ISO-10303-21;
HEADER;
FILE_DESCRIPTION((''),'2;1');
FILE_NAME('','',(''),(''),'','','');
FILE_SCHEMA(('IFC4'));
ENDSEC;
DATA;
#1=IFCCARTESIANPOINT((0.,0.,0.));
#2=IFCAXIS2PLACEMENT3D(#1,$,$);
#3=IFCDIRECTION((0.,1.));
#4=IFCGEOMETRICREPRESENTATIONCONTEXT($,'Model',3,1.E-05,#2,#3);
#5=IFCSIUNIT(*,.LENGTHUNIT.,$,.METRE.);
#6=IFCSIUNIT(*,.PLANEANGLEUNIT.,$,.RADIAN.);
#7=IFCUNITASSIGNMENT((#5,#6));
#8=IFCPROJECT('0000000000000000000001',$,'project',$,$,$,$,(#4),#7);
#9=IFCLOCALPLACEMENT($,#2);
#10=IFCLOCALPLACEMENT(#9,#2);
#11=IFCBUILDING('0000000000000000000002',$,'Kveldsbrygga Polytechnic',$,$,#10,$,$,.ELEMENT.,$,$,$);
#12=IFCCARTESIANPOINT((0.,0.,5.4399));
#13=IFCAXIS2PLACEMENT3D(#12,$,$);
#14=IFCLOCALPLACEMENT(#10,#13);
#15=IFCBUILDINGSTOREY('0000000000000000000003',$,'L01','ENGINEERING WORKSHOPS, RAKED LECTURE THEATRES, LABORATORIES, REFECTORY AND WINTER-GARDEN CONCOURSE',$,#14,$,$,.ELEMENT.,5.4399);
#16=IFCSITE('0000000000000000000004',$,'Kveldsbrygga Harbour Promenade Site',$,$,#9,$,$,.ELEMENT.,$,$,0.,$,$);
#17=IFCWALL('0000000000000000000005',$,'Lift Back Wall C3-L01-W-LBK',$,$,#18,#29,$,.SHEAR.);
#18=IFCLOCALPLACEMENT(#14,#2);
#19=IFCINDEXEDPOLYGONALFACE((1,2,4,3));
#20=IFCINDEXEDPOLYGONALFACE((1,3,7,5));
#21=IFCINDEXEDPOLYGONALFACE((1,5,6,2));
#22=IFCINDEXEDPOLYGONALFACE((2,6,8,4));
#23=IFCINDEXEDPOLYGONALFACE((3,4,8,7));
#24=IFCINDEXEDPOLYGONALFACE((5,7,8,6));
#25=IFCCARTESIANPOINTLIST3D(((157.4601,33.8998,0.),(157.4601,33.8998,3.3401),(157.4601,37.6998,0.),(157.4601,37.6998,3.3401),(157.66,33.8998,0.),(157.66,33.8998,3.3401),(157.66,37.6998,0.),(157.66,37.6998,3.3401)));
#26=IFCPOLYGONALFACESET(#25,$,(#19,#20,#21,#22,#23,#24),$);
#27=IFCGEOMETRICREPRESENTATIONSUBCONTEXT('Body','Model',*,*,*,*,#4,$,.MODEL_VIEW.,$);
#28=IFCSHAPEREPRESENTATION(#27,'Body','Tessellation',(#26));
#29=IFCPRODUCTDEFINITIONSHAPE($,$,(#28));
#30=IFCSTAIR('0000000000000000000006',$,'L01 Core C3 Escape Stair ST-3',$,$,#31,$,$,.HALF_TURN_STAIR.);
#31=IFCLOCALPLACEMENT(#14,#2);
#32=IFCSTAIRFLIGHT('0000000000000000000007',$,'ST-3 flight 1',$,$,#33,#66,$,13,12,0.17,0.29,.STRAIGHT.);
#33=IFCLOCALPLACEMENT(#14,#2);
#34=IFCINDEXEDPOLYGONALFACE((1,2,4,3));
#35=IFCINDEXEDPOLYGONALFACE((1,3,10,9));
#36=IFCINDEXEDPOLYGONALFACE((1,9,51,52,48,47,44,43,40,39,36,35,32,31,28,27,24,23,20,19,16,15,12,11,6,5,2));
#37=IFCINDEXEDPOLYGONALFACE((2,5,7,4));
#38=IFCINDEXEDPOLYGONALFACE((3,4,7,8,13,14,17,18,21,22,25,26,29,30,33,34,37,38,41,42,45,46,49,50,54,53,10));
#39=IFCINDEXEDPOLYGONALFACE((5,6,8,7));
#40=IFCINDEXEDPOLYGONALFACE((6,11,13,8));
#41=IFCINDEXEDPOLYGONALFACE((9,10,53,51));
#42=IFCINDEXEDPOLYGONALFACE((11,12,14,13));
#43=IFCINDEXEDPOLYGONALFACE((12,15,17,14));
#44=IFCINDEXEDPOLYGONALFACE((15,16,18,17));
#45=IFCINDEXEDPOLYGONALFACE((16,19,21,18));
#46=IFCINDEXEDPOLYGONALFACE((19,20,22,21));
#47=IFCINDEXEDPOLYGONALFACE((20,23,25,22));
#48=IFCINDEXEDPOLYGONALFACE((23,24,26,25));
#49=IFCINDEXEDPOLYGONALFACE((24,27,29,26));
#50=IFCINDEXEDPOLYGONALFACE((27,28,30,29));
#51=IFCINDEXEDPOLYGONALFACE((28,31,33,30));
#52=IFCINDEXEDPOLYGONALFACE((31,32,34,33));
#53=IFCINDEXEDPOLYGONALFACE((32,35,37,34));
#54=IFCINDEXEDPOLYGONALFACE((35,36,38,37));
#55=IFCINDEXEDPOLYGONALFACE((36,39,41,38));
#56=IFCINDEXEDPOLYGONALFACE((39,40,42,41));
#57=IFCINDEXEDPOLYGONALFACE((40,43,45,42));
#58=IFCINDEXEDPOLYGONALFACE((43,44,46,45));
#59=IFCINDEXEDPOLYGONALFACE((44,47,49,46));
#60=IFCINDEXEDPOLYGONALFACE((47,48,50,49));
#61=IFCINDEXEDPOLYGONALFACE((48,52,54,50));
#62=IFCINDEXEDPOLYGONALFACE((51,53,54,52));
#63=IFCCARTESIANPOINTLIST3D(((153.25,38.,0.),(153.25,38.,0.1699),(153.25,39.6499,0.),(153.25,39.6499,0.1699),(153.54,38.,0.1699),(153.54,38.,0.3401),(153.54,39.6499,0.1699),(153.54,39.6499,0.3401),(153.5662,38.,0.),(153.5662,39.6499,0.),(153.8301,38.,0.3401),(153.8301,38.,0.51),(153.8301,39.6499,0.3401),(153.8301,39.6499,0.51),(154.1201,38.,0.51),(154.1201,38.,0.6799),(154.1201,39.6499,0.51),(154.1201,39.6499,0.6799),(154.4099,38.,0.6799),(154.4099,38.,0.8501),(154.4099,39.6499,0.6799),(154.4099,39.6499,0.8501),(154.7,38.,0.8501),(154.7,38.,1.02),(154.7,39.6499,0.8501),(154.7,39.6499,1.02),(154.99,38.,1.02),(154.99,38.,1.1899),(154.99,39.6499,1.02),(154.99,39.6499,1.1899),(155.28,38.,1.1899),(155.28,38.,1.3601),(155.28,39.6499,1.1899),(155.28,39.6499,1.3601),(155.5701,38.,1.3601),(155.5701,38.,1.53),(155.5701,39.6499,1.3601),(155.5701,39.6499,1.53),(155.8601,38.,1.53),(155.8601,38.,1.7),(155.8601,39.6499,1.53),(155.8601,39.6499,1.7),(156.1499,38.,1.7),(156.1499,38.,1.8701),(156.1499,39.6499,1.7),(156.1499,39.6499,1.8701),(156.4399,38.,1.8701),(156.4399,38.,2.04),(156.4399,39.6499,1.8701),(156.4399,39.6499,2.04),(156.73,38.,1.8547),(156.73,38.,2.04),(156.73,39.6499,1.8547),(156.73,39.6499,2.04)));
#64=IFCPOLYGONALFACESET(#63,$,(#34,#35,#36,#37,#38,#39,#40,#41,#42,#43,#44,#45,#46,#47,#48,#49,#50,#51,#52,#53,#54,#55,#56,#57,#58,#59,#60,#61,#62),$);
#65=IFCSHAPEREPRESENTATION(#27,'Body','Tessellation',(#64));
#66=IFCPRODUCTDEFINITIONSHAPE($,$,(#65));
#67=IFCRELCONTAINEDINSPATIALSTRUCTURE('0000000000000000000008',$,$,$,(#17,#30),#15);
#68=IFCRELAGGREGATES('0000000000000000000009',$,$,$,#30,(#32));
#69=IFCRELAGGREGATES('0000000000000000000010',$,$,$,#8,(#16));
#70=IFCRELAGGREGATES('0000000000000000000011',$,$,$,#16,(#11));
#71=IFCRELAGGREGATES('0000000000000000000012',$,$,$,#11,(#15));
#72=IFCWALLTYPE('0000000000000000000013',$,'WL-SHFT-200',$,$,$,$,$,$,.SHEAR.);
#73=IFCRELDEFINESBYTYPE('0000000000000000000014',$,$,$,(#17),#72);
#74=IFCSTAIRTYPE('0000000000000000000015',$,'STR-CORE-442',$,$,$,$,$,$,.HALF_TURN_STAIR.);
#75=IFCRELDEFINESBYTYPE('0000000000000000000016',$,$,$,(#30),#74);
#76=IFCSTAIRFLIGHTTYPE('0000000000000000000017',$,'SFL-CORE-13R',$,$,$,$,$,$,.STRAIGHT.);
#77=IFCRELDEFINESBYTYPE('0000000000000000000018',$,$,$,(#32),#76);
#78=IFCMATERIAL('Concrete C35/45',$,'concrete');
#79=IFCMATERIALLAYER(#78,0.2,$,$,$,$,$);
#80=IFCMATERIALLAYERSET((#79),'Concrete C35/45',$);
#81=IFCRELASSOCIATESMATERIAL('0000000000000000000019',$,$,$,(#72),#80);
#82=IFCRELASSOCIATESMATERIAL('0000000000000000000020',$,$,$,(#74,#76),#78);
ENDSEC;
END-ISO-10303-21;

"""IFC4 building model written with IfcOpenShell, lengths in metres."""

from ifc_helpers import new_model, si_unit, direction, frame, frame_2d, origin, place, context, subcontext, project, spatial, polyline, rectangle, outline, extrude, material, layer, layer_set, type_object, element, aggregate, save


model = new_model("IFC4")

# Units and contexts
model_context = context("Model", 3, precision=1e-05, world=origin(), true_north=direction((0.0, 1.0)))
body_context = subcontext(model_context, "Body", "Model", "MODEL_VIEW")
ifc_project = project(units=[si_unit("LENGTHUNIT", "METRE"), si_unit("PLANEANGLEUNIT", "RADIAN")], contexts=[model_context])

# Site, building, storey
site_placement = place(None, origin())
site = spatial("IfcSite", under=ifc_project, at=site_placement, Name="Kveldsbrygga Harbour Promenade Site", CompositionType="ELEMENT", RefElevation=0.0)
building_placement = place(site_placement, origin())
building = spatial("IfcBuilding", under=site, at=building_placement, Name="Kveldsbrygga Polytechnic", CompositionType="ELEMENT")
storey_placement = place(building_placement, frame((0.0, 0.0, 5.4399)))
storey = spatial("IfcBuildingStorey", under=building, at=storey_placement, Name="L01", Description="ENGINEERING WORKSHOPS, RAKED LECTURE THEATRES, LABORATORIES, REFECTORY AND WINTER-GARDEN CONCOURSE", CompositionType="ELEMENT", Elevation=5.4399)

# Shared definitions
ifc_material_1 = material(Name="Concrete C35/45", Category="concrete")

# Shared definitions
ifc_layer_1 = layer(ifc_material_1, 0.2)
ifc_layer_set_1 = layer_set([ifc_layer_1], Name="Concrete C35/45")
wall_type_1 = type_object("IfcWallType", Name="WL-SHFT-200", PredefinedType="SHEAR", material=ifc_layer_set_1)

# Wall
wall_1_placement = place(storey_placement, frame((157.5601, 33.8999, 0.0), z_axis=(0.0, 0.0, 1.0), x_axis=(0.0, 1.0, 0.0)))
element("IfcWall", 1, at=wall_1_placement, inside=storey, type_object=wall_type_1, Name="Lift Back Wall C3-L01-W-LBK", PredefinedType="SHEAR", context=body_context, shape_type="SweptSolid", body=[
    extrude(rectangle(XDim=3.8, YDim=0.2, at=frame_2d((1.8999, 0.0))), origin(), (0.0, 0.0, 1.0), 3.3401),
])

# Stair, stair flight
stair_type = type_object("IfcStairType", Name="STR-CORE-442", PredefinedType="HALF_TURN_STAIR", material=ifc_material_1)
stair_placement = place(storey_placement, origin())
stair = element("IfcStair", 2, at=stair_placement, inside=storey, type_object=stair_type, Name="L01 Core C3 Escape Stair ST-3", PredefinedType="HALF_TURN_STAIR")
stair_flight_type = type_object("IfcStairFlightType", Name="SFL-CORE-13R", PredefinedType="STRAIGHT", material=ifc_material_1)
stair_flight_placement = place(storey_placement, frame((153.25, 38.825, 0.0), z_axis=(0.0, 0.0, 1.0), x_axis=(1.0, 0.0, 0.0)))
stair_flight = element("IfcStairFlight", 3, at=stair_flight_placement, type_object=stair_flight_type, Name="ST-3 flight 1", NumberOfRisers=13, NumberOfTreads=12, PredefinedType="STRAIGHT", RiserHeight=0.17, TreadLength=0.29, context=body_context, shape_type="SweptSolid", body=[
    extrude(outline(polyline([(0.0, 0.0), (0.0, 0.1699), (0.29, 0.1699), (0.29, 0.3401), (0.5801, 0.3401), (0.5801, 0.51), (0.8701, 0.51), (0.8701, 0.6799), (1.1599, 0.6799), (1.1599, 0.8501), (1.45, 0.8501), (1.45, 1.02), (1.74, 1.02), (1.74, 1.1899), (2.03, 1.1899), (2.03, 1.3601), (2.3201, 1.3601), (2.3201, 1.53), (2.6101, 1.53), (2.6101, 1.7), (2.8999, 1.7), (2.8999, 1.8701), (3.1899, 1.8701), (3.1899, 2.04), (3.48, 2.04), (3.48, 2.21), (3.48, 1.8547), (0.3162, 0.0), (0.0, 0.0)])), frame((0.0, 0.825, 0.0), z_axis=(0.0, -1.0, 0.0), x_axis=(1.0, 0.0, 0.0)), (0.0, 0.0, 1.0), 1.6499),
])
aggregate(stair, [stair_flight])

save(model, "model.ifc")
